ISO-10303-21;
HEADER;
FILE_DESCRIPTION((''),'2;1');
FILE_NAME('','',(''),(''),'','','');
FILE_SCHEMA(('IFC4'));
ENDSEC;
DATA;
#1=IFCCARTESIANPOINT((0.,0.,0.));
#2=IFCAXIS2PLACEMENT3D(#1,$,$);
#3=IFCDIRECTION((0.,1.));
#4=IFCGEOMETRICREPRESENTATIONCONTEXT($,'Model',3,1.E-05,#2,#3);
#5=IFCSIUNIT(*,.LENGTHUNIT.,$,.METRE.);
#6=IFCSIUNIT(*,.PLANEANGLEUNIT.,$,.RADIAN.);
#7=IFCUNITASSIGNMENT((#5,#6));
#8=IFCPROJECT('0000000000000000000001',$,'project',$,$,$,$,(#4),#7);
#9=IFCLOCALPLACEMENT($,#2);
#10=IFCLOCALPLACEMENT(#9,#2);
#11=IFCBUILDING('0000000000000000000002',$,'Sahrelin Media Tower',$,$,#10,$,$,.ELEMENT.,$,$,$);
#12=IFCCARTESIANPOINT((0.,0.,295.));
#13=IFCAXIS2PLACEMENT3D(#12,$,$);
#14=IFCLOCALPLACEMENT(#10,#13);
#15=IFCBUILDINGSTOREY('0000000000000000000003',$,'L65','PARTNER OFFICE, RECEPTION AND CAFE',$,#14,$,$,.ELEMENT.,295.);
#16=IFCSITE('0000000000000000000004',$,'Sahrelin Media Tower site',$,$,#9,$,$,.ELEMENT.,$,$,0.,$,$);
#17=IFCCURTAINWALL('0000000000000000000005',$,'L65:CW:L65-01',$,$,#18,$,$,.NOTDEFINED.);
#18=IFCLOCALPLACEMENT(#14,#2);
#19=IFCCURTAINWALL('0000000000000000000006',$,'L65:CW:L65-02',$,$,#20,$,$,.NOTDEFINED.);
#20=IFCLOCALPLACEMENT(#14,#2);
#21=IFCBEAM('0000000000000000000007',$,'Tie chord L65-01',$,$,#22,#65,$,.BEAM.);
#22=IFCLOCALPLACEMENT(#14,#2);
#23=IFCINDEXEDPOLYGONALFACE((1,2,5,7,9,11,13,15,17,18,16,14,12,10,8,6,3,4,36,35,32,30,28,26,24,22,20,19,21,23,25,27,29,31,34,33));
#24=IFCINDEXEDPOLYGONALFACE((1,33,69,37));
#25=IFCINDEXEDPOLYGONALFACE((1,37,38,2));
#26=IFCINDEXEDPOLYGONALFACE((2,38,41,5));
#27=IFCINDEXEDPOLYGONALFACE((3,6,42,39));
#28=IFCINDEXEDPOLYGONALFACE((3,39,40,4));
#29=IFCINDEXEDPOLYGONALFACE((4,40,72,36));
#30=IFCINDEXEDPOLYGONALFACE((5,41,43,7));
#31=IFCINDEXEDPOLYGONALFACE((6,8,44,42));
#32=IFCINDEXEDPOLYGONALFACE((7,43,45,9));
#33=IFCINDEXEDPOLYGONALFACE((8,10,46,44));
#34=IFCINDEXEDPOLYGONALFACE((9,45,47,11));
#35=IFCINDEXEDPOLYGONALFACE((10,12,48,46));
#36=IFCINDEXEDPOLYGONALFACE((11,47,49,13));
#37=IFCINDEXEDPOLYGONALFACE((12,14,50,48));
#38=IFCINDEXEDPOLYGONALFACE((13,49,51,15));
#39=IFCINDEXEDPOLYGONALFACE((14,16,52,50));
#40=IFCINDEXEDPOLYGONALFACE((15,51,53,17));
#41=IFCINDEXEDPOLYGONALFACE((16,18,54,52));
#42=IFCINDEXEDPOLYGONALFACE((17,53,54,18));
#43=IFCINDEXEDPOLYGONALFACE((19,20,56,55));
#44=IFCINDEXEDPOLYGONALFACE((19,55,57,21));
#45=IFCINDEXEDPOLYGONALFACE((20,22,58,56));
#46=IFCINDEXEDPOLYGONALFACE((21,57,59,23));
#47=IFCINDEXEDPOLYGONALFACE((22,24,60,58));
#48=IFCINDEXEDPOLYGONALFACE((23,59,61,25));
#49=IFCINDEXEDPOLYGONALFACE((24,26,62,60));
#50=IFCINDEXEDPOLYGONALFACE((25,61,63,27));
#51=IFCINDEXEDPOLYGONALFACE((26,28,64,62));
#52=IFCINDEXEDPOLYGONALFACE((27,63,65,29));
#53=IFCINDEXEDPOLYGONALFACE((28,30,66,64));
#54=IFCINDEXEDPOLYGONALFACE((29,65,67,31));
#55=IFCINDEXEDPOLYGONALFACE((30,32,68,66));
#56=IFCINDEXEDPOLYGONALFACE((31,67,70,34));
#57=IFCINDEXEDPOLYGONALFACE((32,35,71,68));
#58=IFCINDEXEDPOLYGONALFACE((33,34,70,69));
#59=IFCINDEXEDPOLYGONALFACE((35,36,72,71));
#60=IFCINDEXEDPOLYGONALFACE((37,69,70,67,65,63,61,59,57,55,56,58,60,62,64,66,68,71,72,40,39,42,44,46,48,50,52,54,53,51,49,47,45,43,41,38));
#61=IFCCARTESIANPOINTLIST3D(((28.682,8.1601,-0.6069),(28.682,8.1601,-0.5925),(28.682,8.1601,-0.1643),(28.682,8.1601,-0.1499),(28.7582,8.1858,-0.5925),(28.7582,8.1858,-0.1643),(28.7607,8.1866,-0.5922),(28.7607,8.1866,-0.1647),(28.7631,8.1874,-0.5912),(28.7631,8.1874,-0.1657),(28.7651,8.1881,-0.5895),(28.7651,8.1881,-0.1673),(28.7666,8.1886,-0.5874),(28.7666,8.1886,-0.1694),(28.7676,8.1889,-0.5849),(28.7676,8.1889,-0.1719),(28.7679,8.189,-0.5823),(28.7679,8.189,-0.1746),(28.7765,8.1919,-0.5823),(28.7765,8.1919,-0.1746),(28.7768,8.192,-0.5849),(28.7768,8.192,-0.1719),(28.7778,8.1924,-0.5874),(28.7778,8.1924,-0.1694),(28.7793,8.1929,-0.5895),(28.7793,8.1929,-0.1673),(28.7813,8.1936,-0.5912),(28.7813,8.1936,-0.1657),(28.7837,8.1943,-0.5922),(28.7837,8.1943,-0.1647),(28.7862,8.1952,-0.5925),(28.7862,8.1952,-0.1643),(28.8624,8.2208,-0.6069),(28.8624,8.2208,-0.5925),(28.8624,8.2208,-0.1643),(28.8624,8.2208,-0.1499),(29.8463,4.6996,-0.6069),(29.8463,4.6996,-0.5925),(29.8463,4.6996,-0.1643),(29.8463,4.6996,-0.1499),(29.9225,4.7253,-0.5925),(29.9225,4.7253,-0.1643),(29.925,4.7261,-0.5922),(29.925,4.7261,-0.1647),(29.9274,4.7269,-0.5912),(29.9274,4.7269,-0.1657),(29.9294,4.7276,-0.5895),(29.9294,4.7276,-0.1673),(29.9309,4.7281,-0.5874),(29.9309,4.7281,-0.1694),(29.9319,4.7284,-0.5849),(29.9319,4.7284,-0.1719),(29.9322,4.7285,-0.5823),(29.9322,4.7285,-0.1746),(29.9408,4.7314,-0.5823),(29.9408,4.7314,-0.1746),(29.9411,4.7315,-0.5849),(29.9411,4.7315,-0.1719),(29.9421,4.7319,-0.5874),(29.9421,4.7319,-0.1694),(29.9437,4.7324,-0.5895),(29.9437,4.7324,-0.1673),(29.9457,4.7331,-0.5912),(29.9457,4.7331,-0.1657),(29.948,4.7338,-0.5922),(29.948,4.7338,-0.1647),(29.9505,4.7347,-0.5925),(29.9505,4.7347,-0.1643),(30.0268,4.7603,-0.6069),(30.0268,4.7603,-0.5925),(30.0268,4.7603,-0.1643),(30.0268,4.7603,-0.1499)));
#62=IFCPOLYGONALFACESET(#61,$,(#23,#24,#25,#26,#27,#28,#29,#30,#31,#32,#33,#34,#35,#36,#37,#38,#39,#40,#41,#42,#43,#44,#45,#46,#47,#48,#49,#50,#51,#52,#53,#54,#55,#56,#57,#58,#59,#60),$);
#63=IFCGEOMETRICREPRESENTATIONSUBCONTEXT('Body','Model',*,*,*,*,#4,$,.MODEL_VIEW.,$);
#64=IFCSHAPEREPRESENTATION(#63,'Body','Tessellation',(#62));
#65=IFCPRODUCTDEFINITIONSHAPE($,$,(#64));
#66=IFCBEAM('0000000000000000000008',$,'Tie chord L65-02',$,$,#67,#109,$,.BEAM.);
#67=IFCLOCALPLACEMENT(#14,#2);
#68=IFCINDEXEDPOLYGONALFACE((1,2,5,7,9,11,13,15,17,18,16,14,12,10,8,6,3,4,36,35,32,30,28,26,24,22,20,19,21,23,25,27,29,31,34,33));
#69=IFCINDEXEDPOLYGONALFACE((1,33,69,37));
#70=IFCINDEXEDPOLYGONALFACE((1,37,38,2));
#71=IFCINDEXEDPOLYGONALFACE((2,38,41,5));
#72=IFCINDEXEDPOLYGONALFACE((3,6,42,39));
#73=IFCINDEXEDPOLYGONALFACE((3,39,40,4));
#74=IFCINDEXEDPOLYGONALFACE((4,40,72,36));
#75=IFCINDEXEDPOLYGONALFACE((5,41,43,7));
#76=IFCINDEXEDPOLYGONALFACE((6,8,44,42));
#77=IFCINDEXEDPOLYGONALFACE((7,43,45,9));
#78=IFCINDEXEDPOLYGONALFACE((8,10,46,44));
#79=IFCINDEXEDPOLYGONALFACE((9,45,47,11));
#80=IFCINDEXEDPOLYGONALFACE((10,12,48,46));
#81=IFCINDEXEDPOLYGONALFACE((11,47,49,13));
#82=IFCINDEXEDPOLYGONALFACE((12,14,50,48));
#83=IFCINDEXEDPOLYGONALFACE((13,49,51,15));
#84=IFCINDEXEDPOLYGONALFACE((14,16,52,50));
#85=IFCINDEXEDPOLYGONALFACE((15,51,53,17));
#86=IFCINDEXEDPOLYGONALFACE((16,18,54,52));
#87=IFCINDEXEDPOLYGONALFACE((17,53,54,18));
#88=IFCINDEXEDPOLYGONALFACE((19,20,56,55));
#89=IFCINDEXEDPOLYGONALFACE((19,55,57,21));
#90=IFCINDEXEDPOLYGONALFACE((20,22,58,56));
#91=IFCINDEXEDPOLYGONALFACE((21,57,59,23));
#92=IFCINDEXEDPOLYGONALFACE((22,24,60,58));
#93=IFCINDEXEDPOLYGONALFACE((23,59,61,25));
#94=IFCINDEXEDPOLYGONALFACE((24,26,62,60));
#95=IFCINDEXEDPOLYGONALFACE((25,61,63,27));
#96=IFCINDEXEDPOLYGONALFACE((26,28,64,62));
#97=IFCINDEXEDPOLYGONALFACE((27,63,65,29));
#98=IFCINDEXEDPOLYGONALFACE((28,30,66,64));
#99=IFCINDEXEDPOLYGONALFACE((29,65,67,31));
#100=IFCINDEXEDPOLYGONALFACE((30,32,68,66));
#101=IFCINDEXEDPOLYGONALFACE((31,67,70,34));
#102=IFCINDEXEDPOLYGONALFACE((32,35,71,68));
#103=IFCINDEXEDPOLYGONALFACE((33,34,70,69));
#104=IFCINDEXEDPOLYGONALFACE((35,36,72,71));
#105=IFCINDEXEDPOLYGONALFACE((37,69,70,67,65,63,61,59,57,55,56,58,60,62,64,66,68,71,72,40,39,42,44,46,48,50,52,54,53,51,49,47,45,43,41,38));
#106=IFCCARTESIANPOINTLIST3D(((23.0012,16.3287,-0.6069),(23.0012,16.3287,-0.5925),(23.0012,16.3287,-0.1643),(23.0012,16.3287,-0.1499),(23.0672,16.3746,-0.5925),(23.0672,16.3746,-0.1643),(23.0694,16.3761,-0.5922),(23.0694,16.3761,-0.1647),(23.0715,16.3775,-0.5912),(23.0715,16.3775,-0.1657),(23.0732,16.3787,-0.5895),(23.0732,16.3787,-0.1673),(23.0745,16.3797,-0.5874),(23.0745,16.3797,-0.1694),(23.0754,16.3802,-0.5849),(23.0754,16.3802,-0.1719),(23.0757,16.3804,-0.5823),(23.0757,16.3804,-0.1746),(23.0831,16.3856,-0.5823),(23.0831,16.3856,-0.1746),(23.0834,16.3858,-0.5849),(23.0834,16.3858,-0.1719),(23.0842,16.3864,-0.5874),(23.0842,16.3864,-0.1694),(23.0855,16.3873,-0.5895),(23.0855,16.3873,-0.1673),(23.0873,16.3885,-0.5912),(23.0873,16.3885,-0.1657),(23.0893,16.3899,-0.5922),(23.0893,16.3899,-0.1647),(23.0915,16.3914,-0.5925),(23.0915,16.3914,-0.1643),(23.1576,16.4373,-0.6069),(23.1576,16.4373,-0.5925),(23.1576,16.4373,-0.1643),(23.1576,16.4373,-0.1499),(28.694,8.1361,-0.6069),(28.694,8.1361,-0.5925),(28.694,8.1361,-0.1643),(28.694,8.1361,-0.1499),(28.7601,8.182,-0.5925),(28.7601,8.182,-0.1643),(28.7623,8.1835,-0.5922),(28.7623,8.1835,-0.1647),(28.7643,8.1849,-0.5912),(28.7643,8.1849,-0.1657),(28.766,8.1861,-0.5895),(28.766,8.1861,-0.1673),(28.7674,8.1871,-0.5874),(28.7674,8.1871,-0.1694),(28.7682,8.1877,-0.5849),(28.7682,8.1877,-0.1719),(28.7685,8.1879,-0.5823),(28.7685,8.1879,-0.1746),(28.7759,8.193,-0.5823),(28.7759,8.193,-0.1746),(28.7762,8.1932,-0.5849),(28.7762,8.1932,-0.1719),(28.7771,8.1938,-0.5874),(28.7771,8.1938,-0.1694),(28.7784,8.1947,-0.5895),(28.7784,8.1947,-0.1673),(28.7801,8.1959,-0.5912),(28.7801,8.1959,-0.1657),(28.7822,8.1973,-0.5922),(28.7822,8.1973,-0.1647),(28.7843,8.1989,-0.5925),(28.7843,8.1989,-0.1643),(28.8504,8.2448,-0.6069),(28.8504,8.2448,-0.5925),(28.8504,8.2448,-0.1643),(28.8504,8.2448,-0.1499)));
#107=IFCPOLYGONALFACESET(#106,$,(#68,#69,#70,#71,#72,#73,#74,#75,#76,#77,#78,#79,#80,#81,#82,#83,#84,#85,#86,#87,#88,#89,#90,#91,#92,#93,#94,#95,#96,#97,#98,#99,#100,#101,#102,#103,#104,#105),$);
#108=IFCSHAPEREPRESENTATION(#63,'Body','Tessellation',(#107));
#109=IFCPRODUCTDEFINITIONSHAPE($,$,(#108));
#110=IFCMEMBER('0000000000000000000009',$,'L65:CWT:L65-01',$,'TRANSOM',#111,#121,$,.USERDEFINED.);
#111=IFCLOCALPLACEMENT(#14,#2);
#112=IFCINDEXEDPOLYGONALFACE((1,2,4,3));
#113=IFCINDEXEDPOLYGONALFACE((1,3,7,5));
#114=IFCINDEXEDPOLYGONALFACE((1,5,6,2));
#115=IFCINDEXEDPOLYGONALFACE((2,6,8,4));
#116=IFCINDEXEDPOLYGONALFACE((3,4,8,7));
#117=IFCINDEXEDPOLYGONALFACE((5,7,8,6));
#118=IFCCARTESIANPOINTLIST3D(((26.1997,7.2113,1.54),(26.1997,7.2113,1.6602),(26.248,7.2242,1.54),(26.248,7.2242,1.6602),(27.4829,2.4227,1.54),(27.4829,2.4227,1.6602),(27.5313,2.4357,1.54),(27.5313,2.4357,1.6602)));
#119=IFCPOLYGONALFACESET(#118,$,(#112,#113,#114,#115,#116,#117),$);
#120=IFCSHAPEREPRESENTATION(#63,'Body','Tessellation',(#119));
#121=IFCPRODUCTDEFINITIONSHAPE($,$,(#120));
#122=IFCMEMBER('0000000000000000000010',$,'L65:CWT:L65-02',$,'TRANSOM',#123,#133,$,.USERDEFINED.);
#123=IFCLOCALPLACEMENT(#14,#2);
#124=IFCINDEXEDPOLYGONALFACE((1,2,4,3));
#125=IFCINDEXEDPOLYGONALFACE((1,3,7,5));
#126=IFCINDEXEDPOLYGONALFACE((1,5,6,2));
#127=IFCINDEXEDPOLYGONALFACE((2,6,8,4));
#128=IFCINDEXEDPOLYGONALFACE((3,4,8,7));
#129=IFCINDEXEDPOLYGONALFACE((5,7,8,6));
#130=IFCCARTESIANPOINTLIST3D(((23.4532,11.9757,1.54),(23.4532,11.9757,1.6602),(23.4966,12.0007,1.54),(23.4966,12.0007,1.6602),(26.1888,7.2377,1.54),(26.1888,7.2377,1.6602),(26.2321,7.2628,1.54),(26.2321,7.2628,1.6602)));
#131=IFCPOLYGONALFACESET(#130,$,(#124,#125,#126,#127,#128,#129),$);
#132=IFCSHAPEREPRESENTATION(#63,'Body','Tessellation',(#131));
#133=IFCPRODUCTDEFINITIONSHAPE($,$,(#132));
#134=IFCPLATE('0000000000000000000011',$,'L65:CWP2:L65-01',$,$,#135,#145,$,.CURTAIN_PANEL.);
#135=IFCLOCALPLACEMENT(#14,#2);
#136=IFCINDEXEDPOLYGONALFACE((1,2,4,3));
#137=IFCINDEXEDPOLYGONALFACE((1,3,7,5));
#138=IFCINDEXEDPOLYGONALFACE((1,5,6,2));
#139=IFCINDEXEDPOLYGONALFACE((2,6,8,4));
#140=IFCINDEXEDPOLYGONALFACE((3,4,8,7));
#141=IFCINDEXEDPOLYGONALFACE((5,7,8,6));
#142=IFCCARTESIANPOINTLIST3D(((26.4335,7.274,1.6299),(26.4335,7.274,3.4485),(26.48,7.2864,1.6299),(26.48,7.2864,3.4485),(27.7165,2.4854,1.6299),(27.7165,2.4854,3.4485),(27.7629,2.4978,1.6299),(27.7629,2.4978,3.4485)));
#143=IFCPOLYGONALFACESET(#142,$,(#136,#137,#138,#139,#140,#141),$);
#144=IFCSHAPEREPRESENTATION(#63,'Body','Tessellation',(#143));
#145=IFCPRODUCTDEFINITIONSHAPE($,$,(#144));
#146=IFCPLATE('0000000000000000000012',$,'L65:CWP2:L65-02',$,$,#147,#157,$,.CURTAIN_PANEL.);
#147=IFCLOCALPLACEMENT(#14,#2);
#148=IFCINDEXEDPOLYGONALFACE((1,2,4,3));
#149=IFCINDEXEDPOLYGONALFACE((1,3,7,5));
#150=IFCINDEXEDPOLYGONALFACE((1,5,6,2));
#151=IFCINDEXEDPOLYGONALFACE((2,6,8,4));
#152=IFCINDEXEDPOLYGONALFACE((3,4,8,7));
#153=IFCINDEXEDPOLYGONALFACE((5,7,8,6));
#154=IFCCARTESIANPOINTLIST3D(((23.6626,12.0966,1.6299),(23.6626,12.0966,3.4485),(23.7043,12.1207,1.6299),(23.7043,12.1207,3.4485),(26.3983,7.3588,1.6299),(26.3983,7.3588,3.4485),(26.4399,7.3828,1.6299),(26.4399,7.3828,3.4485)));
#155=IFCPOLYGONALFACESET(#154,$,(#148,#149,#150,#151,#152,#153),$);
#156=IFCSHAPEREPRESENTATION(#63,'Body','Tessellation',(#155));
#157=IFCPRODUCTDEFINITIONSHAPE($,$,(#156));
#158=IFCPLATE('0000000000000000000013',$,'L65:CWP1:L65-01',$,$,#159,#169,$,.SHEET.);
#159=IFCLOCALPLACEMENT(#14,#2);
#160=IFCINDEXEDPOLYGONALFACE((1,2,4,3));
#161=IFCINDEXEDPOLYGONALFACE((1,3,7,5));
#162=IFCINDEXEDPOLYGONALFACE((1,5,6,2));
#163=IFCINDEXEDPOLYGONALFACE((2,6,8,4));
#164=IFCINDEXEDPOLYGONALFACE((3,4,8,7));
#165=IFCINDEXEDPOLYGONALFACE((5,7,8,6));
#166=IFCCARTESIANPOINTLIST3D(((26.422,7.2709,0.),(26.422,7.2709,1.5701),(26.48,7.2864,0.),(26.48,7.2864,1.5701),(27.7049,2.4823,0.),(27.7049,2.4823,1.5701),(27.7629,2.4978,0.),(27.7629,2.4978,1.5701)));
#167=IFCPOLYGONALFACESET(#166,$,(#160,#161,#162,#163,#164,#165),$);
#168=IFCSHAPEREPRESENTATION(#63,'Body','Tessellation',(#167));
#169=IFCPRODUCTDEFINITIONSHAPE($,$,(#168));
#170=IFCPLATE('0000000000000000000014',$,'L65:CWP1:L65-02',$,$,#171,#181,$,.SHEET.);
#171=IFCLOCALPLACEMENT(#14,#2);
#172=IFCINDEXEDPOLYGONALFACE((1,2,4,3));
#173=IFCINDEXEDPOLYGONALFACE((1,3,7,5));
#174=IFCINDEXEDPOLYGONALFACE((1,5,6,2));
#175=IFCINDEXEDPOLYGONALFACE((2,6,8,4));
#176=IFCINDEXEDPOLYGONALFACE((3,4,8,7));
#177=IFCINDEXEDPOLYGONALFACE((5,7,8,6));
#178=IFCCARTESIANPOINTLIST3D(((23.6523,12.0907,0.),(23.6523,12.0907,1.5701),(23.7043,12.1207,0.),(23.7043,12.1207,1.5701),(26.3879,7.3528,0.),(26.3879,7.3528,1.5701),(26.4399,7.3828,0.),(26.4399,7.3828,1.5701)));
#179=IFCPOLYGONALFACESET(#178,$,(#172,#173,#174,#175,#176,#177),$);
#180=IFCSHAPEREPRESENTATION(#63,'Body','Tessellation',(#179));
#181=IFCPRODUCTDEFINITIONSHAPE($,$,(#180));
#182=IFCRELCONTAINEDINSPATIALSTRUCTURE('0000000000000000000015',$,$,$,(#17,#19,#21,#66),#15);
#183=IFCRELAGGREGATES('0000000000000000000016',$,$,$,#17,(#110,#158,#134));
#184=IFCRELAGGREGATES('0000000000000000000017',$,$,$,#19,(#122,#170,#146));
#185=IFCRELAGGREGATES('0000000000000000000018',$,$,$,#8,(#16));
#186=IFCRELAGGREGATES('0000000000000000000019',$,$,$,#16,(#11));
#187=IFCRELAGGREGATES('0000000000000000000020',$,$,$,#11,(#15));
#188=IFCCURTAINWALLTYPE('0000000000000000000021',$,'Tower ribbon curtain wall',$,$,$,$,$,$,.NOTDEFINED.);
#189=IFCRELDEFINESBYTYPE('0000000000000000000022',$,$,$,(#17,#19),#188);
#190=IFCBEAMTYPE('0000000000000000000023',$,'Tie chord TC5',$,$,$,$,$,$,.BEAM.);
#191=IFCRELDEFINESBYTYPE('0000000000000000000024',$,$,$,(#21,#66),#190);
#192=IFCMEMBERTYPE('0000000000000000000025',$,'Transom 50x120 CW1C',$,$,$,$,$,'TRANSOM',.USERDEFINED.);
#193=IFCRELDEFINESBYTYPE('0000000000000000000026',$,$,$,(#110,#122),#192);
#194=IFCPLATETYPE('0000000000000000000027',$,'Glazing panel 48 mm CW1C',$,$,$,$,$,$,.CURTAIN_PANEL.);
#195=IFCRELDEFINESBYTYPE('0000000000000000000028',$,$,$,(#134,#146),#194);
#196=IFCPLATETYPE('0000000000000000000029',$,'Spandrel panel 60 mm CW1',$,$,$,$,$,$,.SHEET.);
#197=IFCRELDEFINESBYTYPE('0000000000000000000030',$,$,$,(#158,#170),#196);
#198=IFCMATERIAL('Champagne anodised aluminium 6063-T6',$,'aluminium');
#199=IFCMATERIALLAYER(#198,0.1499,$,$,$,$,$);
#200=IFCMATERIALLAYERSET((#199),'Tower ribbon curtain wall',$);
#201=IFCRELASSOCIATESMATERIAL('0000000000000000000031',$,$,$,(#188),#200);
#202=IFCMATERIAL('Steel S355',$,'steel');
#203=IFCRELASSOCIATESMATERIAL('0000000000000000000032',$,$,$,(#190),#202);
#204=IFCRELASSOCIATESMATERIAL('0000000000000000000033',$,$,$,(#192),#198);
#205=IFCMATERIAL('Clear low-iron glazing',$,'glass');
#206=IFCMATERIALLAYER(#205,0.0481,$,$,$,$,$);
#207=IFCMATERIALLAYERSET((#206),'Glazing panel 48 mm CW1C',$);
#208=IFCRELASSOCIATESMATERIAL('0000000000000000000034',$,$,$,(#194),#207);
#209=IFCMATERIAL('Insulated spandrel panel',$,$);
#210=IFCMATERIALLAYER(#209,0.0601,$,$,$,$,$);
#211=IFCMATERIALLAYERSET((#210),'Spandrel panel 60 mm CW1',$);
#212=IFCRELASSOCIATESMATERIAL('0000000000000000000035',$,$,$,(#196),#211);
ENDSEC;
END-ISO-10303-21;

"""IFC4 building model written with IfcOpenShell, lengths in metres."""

from ifc_helpers import new_model, si_unit, direction, frame, origin, origin_2d, place, context, subcontext, project, spatial, polyline, rectangle, i_section, outline, extrude, material, layer, layer_set, material_profile, profile_set, type_object, element, aggregate, save


model = new_model("IFC4")

# Units and contexts
model_context = context("Model", 3, precision=1e-05, world=origin(), true_north=direction((0.0, 1.0)))
body_context = subcontext(model_context, "Body", "Model", "MODEL_VIEW")
ifc_project = project(units=[si_unit("LENGTHUNIT", "METRE"), si_unit("PLANEANGLEUNIT", "RADIAN")], contexts=[model_context])

# Site, building, storey
site_placement = place(None, origin())
site = spatial("IfcSite", under=ifc_project, at=site_placement, Name="Sahrelin Media Tower site", CompositionType="ELEMENT", RefElevation=0.0)
building_placement = place(site_placement, origin())
building = spatial("IfcBuilding", under=site, at=building_placement, Name="Sahrelin Media Tower", CompositionType="ELEMENT")
storey_placement = place(building_placement, frame((0.0, 0.0, 295.0)))
storey = spatial("IfcBuildingStorey", under=building, at=storey_placement, Name="L65", Description="PARTNER OFFICE, RECEPTION AND CAFE", CompositionType="ELEMENT", Elevation=295.0)

# Shared definitions
ifc_material_1 = material(Name="Steel S355", Category="steel")

# Curtain walls
ifc_material_2 = material(Name="Champagne anodised aluminium 6063-T6", Category="aluminium")
ifc_layer_1 = layer(ifc_material_2, 0.1499)
ifc_layer_set_1 = layer_set([ifc_layer_1], Name="Tower ribbon curtain wall")
curtain_wall_type = type_object("IfcCurtainWallType", Name="Tower ribbon curtain wall", PredefinedType="NOTDEFINED", material=ifc_layer_set_1)
curtain_wall_1_placement = place(storey_placement, frame((27.1021, 4.8867, 0.0), z_axis=(0.0, 0.0, 1.0), x_axis=(1.0, 0.0, 0.0)))
curtain_wall_1 = element("IfcCurtainWall", 1, at=curtain_wall_1_placement, inside=storey, type_object=curtain_wall_type, Name="L65:CW:L65-01", PredefinedType="NOTDEFINED")
curtain_wall_2_placement = place(storey_placement, frame((25.0547, 9.7417, 0.0), z_axis=(0.0, 0.0, 1.0), x_axis=(1.0, 0.0, 0.0)))
curtain_wall_2 = element("IfcCurtainWall", 2, at=curtain_wall_2_placement, inside=storey, type_object=curtain_wall_type, Name="L65:CW:L65-02", PredefinedType="NOTDEFINED")

# Beams
ifc_material_profile_1 = material_profile(ifc_material_1, i_section(OverallWidth=0.1904, OverallDepth=0.457, WebThickness=0.009, FlangeThickness=0.0144, FilletRadius=0.0103, at=origin_2d()), Name="UB 457x191x74")
ifc_profile_set_1 = profile_set([ifc_material_profile_1], Name="Steel S355")
beam_type_1 = type_object("IfcBeamType", Name="Tie chord TC5", PredefinedType="BEAM", material=ifc_profile_set_1)
beam_1_placement = place(storey_placement, frame((29.9365, 4.73, -0.3784), z_axis=(-0.318895, 0.94779, 0.0), x_axis=(-0.94779, -0.318895, 0.0)))
element("IfcBeam", 3, at=beam_1_placement, inside=storey, type_object=beam_type_1, Name="Tie chord L65-01", PredefinedType="BEAM", context=body_context, shape_type="SweptSolid", body=[
    extrude(i_section(OverallWidth=0.1904, OverallDepth=0.457, WebThickness=0.009, FlangeThickness=0.0144, FilletRadius=0.0103, at=origin_2d()), origin(), (0.0, 0.0, 1.0), 3.6511),
])
beam_2_placement = place(storey_placement, frame((28.7722, 8.1904, -0.3784), z_axis=(-0.570636, 0.821203, 0.0), x_axis=(-0.821203, -0.570636, 0.0)))
element("IfcBeam", 4, at=beam_2_placement, inside=storey, type_object=beam_type_1, Name="Tie chord L65-02", PredefinedType="BEAM", context=body_context, shape_type="SweptSolid", body=[
    extrude(i_section(OverallWidth=0.1904, OverallDepth=0.457, WebThickness=0.009, FlangeThickness=0.0144, FilletRadius=0.0103, at=origin_2d()), origin(), (0.0, 0.0, 1.0), 9.9763),
])

# Members
ifc_material_profile_2 = material_profile(ifc_material_2, rectangle(XDim=0.05, YDim=0.1201, at=origin_2d()), Name="Transom 50x120")
ifc_profile_set_2 = profile_set([ifc_material_profile_2], Name="Champagne anodised aluminium 6063-T6")
member_type_1 = type_object("IfcMemberType", Name="Transom 50x120 CW1C", ElementType="TRANSOM", PredefinedType="USERDEFINED", material=ifc_profile_set_2)
member_1_placement = place(storey_placement, frame((27.5071, 2.4292, 1.6001), z_axis=(-0.258839, 0.96592, 0.0), x_axis=(-0.96592, -0.258839, 0.0)))
member_1 = element("IfcMember", 5, at=member_1_placement, type_object=member_type_1, Name="L65:CWT:L65-01", ObjectType="TRANSOM", PredefinedType="USERDEFINED", context=body_context, shape_type="SweptSolid", body=[
    extrude(rectangle(XDim=0.05, YDim=0.1201, at=origin_2d()), origin(), (0.0, 0.0, 1.0), 4.9575),
])
member_2_placement = place(storey_placement, frame((26.2104, 7.2502, 1.6001), z_axis=(-0.500012, 0.866018, 0.0), x_axis=(-0.866018, -0.500012, 0.0)))
member_2 = element("IfcMember", 6, at=member_2_placement, type_object=member_type_1, Name="L65:CWT:L65-02", ObjectType="TRANSOM", PredefinedType="USERDEFINED", context=body_context, shape_type="SweptSolid", body=[
    extrude(rectangle(XDim=0.05, YDim=0.1201, at=origin_2d()), origin(), (0.0, 0.0, 1.0), 5.4709),
])

# Plates
ifc_material_3 = material(Name="Clear low-iron glazing", Category="glass")
ifc_layer_2 = layer(ifc_material_3, 0.0481)
ifc_layer_set_2 = layer_set([ifc_layer_2], Name="Glazing panel 48 mm CW1C")
plate_type_1 = type_object("IfcPlateType", Name="Glazing panel 48 mm CW1C", PredefinedType="CURTAIN_PANEL", material=ifc_layer_set_2)
plate_1_placement = place(storey_placement, frame((27.7629, 2.4978, 1.6299), z_axis=(0.965933, 0.258794, 0.0), x_axis=(-0.258794, 0.965933, 0.0)))
plate_1 = element("IfcPlate", 7, at=plate_1_placement, type_object=plate_type_1, Name="L65:CWP2:L65-01", PredefinedType="CURTAIN_PANEL", context=body_context, shape_type="SweptSolid", body=[
    extrude(outline(polyline([(0.0, 0.0), (4.9575, 0.0), (4.9575, 1.8186), (0.0, 1.8186), (0.0, 0.0)])), origin(), (0.0, 0.0, -1.0), 0.0481),
])
plate_2_placement = place(storey_placement, frame((26.4399, 7.3828, 1.6299), z_axis=(0.866007, 0.500031, 0.0), x_axis=(-0.500031, 0.866007, 0.0)))
plate_2 = element("IfcPlate", 8, at=plate_2_placement, type_object=plate_type_1, Name="L65:CWP2:L65-02", PredefinedType="CURTAIN_PANEL", context=body_context, shape_type="SweptSolid", body=[
    extrude(outline(polyline([(0.0, 0.0), (5.4709, 0.0), (5.4709, 1.8186), (0.0, 1.8186), (0.0, 0.0)])), origin(), (0.0, 0.0, -1.0), 0.0481),
])
ifc_material_4 = material(Name="Insulated spandrel panel")
ifc_layer_3 = layer(ifc_material_4, 0.0601)
ifc_layer_set_3 = layer_set([ifc_layer_3], Name="Spandrel panel 60 mm CW1")
plate_type_2 = type_object("IfcPlateType", Name="Spandrel panel 60 mm CW1", PredefinedType="SHEET", material=ifc_layer_set_3)
plate_3_placement = place(storey_placement, frame((27.7629, 2.4978, 0.0), z_axis=(0.965933, 0.258794, 0.0), x_axis=(-0.258794, 0.965933, 0.0)))
plate_3 = element("IfcPlate", 9, at=plate_3_placement, type_object=plate_type_2, Name="L65:CWP1:L65-01", PredefinedType="SHEET", context=body_context, shape_type="SweptSolid", body=[
    extrude(outline(polyline([(0.0, 0.0), (4.9575, 0.0), (4.9575, 1.5701), (0.0, 1.5701), (0.0, 0.0)])), origin(), (0.0, 0.0, -1.0), 0.0601),
])
aggregate(curtain_wall_1, [member_1, plate_3, plate_1])
plate_4_placement = place(storey_placement, frame((26.4399, 7.3828, 0.0), z_axis=(0.866007, 0.500031, 0.0), x_axis=(-0.500031, 0.866007, 0.0)))
plate_4 = element("IfcPlate", 10, at=plate_4_placement, type_object=plate_type_2, Name="L65:CWP1:L65-02", PredefinedType="SHEET", context=body_context, shape_type="SweptSolid", body=[
    extrude(outline(polyline([(0.0, 0.0), (5.4709, 0.0), (5.4709, 1.5701), (0.0, 1.5701), (0.0, 0.0)])), origin(), (0.0, 0.0, -1.0), 0.0601),
])
aggregate(curtain_wall_2, [member_2, plate_4, plate_2])

save(model, "model.ifc")
